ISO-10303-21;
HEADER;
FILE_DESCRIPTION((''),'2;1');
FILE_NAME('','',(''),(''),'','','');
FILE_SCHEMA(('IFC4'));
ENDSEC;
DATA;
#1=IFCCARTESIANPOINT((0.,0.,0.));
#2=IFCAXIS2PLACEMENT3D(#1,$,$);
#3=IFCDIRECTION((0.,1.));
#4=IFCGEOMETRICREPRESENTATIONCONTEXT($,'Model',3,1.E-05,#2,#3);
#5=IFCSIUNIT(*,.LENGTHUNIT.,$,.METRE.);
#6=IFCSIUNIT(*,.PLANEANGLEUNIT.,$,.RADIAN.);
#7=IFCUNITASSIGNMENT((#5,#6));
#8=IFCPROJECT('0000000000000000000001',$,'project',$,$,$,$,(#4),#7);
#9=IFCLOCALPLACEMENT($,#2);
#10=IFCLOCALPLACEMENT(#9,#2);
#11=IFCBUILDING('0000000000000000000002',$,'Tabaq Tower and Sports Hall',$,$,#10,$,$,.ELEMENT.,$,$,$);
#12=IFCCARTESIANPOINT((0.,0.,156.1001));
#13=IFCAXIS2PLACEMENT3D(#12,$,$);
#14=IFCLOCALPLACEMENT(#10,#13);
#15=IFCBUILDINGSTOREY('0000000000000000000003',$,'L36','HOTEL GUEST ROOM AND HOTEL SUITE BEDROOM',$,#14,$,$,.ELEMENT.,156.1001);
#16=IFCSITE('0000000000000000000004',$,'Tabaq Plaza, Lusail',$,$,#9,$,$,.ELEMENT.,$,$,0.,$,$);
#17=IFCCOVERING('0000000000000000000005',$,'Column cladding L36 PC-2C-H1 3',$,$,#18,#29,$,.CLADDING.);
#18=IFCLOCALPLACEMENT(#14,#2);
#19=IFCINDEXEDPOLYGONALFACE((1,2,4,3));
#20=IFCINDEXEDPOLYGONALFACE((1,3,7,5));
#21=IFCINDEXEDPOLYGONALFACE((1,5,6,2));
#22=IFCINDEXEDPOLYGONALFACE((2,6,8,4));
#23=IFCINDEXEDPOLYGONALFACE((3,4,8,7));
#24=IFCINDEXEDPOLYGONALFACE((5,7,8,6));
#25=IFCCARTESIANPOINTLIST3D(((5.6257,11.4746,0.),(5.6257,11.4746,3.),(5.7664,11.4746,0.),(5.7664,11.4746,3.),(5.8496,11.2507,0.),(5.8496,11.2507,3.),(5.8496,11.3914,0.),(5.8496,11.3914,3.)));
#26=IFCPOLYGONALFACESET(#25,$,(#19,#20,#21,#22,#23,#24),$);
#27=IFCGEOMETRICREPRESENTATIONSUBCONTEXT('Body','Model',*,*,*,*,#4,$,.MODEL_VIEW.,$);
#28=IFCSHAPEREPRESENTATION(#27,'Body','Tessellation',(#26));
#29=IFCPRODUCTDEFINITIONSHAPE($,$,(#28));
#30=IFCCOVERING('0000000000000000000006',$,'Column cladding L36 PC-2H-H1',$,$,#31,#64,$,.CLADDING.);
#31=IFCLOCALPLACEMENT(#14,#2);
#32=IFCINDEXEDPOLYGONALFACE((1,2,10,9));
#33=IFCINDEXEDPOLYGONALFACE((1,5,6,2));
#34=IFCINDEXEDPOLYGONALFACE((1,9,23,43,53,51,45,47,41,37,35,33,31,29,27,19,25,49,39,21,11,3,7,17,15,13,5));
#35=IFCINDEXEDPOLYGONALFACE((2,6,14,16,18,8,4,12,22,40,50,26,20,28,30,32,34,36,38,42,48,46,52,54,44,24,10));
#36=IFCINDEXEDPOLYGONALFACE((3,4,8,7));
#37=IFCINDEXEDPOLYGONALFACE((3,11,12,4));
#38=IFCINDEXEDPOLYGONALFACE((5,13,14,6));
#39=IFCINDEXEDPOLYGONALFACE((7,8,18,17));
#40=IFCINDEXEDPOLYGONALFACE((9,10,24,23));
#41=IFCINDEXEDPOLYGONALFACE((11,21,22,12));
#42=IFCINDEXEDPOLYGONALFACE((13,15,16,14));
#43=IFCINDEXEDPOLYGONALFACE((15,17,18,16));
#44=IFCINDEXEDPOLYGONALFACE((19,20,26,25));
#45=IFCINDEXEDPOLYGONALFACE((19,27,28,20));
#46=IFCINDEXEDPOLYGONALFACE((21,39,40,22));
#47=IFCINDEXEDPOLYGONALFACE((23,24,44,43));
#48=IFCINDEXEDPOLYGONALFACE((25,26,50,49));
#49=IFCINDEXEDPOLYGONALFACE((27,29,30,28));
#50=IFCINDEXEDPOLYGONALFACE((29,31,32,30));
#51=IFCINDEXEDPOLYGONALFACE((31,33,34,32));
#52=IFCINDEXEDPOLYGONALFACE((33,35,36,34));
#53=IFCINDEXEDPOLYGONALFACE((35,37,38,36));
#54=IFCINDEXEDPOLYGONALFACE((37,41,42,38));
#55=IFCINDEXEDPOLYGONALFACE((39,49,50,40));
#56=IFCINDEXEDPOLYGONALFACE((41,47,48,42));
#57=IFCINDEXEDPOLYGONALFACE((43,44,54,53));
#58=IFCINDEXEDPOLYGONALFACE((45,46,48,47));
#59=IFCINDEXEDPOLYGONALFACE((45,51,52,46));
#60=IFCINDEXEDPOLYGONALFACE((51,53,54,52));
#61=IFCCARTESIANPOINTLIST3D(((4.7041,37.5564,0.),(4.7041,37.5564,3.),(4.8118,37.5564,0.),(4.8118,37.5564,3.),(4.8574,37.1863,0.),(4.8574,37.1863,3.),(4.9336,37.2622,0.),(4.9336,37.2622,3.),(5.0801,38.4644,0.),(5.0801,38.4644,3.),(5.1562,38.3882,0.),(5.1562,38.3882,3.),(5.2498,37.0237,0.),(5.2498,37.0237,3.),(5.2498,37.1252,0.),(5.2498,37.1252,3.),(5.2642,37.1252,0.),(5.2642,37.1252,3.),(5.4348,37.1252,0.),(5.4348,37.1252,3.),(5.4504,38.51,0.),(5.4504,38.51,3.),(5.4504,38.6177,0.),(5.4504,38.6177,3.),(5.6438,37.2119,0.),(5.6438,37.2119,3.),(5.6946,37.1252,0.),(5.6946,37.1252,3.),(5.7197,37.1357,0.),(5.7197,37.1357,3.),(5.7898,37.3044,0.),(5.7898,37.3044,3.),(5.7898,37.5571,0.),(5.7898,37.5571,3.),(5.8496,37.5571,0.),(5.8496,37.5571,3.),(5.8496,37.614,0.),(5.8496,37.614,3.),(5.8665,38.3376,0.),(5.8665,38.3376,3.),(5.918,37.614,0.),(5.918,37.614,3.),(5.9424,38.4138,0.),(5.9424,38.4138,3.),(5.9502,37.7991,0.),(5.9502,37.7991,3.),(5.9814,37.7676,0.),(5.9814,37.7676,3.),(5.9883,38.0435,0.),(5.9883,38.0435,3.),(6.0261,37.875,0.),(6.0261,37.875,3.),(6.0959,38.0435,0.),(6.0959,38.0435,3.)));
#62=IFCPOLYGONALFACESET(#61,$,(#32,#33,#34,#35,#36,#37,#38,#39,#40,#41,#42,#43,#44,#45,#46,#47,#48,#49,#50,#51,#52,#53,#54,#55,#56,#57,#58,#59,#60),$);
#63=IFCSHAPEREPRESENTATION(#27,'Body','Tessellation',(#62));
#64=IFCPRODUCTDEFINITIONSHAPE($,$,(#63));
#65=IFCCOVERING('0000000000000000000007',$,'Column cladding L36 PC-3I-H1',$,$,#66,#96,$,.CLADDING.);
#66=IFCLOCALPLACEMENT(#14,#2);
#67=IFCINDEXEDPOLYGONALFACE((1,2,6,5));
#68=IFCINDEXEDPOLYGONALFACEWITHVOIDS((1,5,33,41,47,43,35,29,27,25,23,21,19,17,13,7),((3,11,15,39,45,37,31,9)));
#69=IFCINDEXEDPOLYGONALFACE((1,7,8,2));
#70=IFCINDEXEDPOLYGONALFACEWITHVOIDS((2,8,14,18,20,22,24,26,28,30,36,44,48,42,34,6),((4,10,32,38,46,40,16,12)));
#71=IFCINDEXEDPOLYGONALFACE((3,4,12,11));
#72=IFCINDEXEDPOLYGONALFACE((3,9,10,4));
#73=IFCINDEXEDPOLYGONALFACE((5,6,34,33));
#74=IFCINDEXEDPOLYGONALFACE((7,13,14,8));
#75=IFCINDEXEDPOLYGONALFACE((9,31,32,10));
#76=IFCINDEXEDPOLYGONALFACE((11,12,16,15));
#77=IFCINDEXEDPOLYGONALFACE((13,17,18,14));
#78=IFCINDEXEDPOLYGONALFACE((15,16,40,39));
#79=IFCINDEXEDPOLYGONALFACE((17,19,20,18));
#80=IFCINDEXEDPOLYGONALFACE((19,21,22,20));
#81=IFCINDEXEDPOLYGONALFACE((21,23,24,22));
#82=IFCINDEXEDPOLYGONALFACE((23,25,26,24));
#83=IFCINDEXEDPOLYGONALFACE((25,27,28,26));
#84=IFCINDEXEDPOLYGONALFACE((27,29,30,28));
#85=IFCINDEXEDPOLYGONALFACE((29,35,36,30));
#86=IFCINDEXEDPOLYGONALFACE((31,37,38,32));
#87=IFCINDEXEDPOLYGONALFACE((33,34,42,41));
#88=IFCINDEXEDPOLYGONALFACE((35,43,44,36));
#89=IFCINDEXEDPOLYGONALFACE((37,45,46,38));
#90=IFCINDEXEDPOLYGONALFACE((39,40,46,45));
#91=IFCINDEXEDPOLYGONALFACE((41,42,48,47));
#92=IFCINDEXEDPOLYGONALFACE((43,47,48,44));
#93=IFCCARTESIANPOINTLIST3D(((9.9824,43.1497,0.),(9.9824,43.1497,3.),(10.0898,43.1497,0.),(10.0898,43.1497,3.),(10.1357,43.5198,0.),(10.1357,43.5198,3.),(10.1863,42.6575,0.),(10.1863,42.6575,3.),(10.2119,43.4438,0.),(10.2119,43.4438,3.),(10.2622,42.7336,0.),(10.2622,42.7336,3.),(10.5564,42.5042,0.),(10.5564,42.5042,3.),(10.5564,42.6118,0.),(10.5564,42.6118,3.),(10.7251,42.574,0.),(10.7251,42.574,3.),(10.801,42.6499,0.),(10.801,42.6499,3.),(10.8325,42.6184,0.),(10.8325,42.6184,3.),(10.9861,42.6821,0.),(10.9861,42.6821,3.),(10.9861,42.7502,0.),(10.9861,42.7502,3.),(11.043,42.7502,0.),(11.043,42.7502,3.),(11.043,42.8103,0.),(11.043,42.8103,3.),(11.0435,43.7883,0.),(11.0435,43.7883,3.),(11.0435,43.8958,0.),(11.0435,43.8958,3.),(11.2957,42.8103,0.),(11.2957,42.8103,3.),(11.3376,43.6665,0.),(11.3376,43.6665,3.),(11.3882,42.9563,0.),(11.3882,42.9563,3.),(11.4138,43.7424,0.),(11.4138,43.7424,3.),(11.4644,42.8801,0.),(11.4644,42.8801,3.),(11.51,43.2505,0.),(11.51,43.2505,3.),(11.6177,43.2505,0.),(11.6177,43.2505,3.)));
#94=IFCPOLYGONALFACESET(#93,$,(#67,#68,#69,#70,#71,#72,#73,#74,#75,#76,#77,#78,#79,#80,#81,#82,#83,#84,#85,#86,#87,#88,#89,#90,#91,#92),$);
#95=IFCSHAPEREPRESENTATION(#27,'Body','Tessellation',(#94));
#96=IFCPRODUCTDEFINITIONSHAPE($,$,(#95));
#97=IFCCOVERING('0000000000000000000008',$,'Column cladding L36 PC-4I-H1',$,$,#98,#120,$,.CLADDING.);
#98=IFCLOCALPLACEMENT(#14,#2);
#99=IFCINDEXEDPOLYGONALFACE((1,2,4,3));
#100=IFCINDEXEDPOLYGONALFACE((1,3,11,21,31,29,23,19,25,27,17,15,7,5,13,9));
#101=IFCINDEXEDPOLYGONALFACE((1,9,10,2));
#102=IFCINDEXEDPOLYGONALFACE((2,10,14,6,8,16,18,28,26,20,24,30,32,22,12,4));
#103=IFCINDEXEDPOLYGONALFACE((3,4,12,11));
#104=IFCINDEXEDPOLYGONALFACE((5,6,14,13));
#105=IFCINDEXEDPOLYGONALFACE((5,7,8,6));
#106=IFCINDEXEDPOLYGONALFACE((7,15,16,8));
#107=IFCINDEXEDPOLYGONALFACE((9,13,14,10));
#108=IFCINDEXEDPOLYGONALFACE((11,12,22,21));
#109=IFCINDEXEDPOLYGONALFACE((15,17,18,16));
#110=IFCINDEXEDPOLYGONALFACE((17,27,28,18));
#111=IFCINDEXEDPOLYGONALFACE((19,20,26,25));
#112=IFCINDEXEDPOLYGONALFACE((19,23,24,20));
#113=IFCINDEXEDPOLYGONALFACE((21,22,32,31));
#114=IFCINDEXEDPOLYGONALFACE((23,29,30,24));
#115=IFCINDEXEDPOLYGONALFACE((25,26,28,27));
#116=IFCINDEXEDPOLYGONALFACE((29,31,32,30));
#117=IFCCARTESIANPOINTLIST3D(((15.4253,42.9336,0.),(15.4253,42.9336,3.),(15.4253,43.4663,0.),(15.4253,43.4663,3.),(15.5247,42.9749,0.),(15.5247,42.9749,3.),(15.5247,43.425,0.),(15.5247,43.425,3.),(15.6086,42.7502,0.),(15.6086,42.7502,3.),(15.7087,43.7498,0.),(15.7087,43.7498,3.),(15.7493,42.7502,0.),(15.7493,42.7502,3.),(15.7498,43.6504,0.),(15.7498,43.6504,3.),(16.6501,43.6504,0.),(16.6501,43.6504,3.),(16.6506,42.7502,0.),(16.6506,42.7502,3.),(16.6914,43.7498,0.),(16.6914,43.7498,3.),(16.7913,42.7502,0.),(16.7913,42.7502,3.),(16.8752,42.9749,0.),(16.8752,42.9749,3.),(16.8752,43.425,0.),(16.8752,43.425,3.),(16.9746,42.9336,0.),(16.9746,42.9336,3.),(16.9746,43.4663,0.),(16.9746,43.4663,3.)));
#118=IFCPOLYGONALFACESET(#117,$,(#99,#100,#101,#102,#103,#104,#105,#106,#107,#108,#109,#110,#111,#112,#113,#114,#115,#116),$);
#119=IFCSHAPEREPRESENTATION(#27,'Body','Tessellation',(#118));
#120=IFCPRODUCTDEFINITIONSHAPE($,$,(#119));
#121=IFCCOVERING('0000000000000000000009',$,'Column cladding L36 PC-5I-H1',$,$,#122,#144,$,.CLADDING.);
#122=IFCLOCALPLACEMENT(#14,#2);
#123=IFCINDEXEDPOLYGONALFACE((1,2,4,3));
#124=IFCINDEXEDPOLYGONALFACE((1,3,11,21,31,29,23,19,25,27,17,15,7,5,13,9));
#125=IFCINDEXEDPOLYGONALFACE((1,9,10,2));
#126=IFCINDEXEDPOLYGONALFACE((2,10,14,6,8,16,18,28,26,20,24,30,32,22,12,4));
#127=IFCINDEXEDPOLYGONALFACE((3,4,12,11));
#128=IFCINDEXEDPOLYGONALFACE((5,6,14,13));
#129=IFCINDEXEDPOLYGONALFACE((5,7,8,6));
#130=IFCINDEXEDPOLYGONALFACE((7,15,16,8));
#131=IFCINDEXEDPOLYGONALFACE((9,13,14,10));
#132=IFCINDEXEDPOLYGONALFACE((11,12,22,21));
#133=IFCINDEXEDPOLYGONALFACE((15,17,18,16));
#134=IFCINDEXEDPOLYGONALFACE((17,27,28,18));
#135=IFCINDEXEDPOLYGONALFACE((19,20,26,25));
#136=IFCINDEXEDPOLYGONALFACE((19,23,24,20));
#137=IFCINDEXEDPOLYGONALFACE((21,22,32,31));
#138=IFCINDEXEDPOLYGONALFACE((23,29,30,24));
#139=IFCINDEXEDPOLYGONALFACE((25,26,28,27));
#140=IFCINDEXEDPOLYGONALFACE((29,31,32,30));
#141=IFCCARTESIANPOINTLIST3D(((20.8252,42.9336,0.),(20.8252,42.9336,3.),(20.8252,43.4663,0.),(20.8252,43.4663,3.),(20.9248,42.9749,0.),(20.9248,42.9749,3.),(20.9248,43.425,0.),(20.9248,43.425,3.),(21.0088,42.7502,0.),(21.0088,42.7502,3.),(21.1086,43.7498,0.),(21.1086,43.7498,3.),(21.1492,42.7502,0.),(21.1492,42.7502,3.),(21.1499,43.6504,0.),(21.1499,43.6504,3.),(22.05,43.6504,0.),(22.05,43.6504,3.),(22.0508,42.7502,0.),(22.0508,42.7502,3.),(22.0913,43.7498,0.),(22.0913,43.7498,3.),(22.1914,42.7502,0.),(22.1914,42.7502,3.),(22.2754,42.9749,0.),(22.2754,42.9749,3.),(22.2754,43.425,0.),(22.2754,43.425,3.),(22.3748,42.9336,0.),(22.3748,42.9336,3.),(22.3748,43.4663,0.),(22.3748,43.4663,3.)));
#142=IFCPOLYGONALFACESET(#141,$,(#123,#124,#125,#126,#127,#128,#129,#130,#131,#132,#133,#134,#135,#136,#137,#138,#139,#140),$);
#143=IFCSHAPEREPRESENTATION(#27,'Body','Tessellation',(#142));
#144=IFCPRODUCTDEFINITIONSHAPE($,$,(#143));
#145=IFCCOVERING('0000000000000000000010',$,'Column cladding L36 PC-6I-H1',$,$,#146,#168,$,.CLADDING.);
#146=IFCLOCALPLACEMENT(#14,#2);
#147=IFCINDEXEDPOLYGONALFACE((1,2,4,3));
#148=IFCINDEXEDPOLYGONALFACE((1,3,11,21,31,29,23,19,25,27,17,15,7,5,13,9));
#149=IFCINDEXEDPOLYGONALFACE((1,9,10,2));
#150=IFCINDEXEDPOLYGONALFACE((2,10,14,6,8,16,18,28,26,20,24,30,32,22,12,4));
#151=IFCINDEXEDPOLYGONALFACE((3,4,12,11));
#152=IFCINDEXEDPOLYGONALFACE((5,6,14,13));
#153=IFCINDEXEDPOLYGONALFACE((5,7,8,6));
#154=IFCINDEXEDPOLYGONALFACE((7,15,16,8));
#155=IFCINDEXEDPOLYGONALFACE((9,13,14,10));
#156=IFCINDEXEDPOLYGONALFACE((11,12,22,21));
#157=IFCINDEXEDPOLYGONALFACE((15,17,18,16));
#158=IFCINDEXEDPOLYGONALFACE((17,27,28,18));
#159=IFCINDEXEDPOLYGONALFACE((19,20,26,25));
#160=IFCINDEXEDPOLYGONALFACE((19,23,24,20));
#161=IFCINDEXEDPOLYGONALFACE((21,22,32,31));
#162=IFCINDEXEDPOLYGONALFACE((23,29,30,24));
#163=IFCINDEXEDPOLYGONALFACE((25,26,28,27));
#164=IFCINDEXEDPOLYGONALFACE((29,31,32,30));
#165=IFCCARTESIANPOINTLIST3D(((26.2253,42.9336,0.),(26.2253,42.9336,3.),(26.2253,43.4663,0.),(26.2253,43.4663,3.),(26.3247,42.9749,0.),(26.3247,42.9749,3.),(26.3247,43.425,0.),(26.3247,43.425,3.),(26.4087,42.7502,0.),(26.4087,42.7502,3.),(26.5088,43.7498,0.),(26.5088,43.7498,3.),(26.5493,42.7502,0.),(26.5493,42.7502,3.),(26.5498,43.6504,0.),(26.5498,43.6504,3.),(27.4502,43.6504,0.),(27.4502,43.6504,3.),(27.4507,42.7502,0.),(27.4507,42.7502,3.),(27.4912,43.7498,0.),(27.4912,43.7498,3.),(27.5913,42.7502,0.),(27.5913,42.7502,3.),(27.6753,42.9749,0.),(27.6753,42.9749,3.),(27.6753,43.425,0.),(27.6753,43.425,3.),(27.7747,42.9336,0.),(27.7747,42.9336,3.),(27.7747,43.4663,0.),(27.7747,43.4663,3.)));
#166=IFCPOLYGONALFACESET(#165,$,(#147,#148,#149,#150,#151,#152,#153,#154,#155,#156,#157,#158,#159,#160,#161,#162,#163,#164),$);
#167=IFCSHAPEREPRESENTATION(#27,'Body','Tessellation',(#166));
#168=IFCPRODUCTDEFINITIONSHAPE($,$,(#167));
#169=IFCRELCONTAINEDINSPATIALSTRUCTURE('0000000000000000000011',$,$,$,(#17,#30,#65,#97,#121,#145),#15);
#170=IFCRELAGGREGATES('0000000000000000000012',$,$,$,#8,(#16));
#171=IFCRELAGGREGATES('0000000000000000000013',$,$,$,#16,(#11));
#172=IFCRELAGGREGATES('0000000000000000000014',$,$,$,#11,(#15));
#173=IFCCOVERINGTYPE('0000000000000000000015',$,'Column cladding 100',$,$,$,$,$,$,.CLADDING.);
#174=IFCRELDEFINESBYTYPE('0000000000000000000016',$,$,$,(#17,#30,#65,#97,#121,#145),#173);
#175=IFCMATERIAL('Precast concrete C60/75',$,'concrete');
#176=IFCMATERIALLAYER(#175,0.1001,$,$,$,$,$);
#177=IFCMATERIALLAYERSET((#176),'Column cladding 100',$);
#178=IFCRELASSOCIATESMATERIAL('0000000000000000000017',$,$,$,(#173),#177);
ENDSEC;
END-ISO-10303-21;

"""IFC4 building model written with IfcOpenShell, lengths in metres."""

from ifc_helpers import new_model, si_unit, direction, frame, origin, place, context, subcontext, project, spatial, polyline, outline, extrude, material, layer, layer_set, type_object, element, save


model = new_model("IFC4")

# Units and contexts
model_context = context("Model", 3, precision=1e-05, world=origin(), true_north=direction((0.0, 1.0)))
body_context = subcontext(model_context, "Body", "Model", "MODEL_VIEW")
ifc_project = project(units=[si_unit("LENGTHUNIT", "METRE"), si_unit("PLANEANGLEUNIT", "RADIAN")], contexts=[model_context])

# Site, building, storey
site_placement = place(None, origin())
site = spatial("IfcSite", under=ifc_project, at=site_placement, Name="Tabaq Plaza, Lusail", CompositionType="ELEMENT", RefElevation=0.0)
building_placement = place(site_placement, origin())
building = spatial("IfcBuilding", under=site, at=building_placement, Name="Tabaq Tower and Sports Hall", CompositionType="ELEMENT")
storey_placement = place(building_placement, frame((0.0, 0.0, 156.1001)))
storey = spatial("IfcBuildingStorey", under=building, at=storey_placement, Name="L36", Description="HOTEL GUEST ROOM AND HOTEL SUITE BEDROOM", CompositionType="ELEMENT", Elevation=156.1001)

# Coverings
ifc_material_1 = material(Name="Precast concrete C60/75", Category="concrete")
ifc_layer_1 = layer(ifc_material_1, 0.1001)
ifc_layer_set_1 = layer_set([ifc_layer_1], Name="Column cladding 100")
covering_type_1 = type_object("IfcCoveringType", Name="Column cladding 100", PredefinedType="CLADDING", material=ifc_layer_set_1)
covering_1_placement = place(storey_placement, origin())
element("IfcCovering", 1, at=covering_1_placement, inside=storey, type_object=covering_type_1, Name="Column cladding L36 PC-2C-H1 3", PredefinedType="CLADDING", context=body_context, shape_type="SweptSolid", body=[
    extrude(outline(polyline([(5.8496, 11.3914), (5.8496, 11.2507), (5.6257, 11.4746), (5.7664, 11.4746), (5.8496, 11.3914)])), origin(), (0.0, 0.0, 1.0), 3.0),
])
covering_2_placement = place(storey_placement, origin())
element("IfcCovering", 2, at=covering_2_placement, inside=storey, type_object=covering_type_1, Name="Column cladding L36 PC-2H-H1", PredefinedType="CLADDING", context=body_context, shape_type="SweptSolid", body=[
    extrude(outline(polyline([(4.8574, 37.1863), (4.7041, 37.5564), (5.0801, 38.4644), (5.4504, 38.6177), (5.9424, 38.4138), (6.0959, 38.0435), (6.0261, 37.875), (5.9502, 37.7991), (5.9814, 37.7676), (5.918, 37.614), (5.8496, 37.614), (5.8496, 37.5571), (5.7898, 37.5571), (5.7898, 37.3044), (5.7197, 37.1357), (5.6946, 37.1252), (5.4348, 37.1252), (5.6438, 37.2119), (5.9883, 38.0435), (5.8665, 38.3376), (5.4504, 38.51), (5.1562, 38.3882), (4.8118, 37.5564), (4.9336, 37.2622), (5.2642, 37.1252), (5.2498, 37.1252), (5.2498, 37.0237), (4.8574, 37.1863)])), origin(), (0.0, 0.0, 1.0), 3.0),
])
covering_3_placement = place(storey_placement, origin())
element("IfcCovering", 3, at=covering_3_placement, inside=storey, type_object=covering_type_1, Name="Column cladding L36 PC-3I-H1", PredefinedType="CLADDING", context=body_context, shape_type="SweptSolid", body=[
    extrude(outline(polyline([(9.9824, 43.1497), (10.1357, 43.5198), (11.0435, 43.8958), (11.4138, 43.7424), (11.6177, 43.2505), (11.4644, 42.8801), (11.2957, 42.8103), (11.043, 42.8103), (11.043, 42.7502), (10.9861, 42.7502), (10.9861, 42.6821), (10.8325, 42.6184), (10.801, 42.6499), (10.7251, 42.574), (10.5564, 42.5042), (10.1863, 42.6575), (9.9824, 43.1497)]), holes=[polyline([(11.51, 43.2505), (11.3376, 43.6665), (11.0435, 43.7883), (10.2119, 43.4438), (10.0898, 43.1497), (10.2622, 42.7336), (10.5564, 42.6118), (11.3882, 42.9563), (11.51, 43.2505)])]), origin(), (0.0, 0.0, 1.0), 3.0),
])
covering_4_placement = place(storey_placement, origin())
element("IfcCovering", 4, at=covering_4_placement, inside=storey, type_object=covering_type_1, Name="Column cladding L36 PC-4I-H1", PredefinedType="CLADDING", context=body_context, shape_type="SweptSolid", body=[
    extrude(outline(polyline([(15.4253, 43.4663), (15.7087, 43.7498), (16.6914, 43.7498), (16.9746, 43.4663), (16.9746, 42.9336), (16.7913, 42.7502), (16.6506, 42.7502), (16.8752, 42.9749), (16.8752, 43.425), (16.6501, 43.6504), (15.7498, 43.6504), (15.5247, 43.425), (15.5247, 42.9749), (15.7493, 42.7502), (15.6086, 42.7502), (15.4253, 42.9336), (15.4253, 43.4663)])), origin(), (0.0, 0.0, 1.0), 3.0),
])
covering_5_placement = place(storey_placement, origin())
element("IfcCovering", 5, at=covering_5_placement, inside=storey, type_object=covering_type_1, Name="Column cladding L36 PC-5I-H1", PredefinedType="CLADDING", context=body_context, shape_type="SweptSolid", body=[
    extrude(outline(polyline([(20.8252, 43.4663), (21.1086, 43.7498), (22.0913, 43.7498), (22.3748, 43.4663), (22.3748, 42.9336), (22.1914, 42.7502), (22.0508, 42.7502), (22.2754, 42.9749), (22.2754, 43.425), (22.05, 43.6504), (21.1499, 43.6504), (20.9248, 43.425), (20.9248, 42.9749), (21.1492, 42.7502), (21.0088, 42.7502), (20.8252, 42.9336), (20.8252, 43.4663)])), origin(), (0.0, 0.0, 1.0), 3.0),
])
covering_6_placement = place(storey_placement, origin())
element("IfcCovering", 6, at=covering_6_placement, inside=storey, type_object=covering_type_1, Name="Column cladding L36 PC-6I-H1", PredefinedType="CLADDING", context=body_context, shape_type="SweptSolid", body=[
    extrude(outline(polyline([(26.2253, 43.4663), (26.5088, 43.7498), (27.4912, 43.7498), (27.7747, 43.4663), (27.7747, 42.9336), (27.5913, 42.7502), (27.4507, 42.7502), (27.6753, 42.9749), (27.6753, 43.425), (27.4502, 43.6504), (26.5498, 43.6504), (26.3247, 43.425), (26.3247, 42.9749), (26.5493, 42.7502), (26.4087, 42.7502), (26.2253, 42.9336), (26.2253, 43.4663)])), origin(), (0.0, 0.0, 1.0), 3.0),
])

save(model, "model.ifc")
